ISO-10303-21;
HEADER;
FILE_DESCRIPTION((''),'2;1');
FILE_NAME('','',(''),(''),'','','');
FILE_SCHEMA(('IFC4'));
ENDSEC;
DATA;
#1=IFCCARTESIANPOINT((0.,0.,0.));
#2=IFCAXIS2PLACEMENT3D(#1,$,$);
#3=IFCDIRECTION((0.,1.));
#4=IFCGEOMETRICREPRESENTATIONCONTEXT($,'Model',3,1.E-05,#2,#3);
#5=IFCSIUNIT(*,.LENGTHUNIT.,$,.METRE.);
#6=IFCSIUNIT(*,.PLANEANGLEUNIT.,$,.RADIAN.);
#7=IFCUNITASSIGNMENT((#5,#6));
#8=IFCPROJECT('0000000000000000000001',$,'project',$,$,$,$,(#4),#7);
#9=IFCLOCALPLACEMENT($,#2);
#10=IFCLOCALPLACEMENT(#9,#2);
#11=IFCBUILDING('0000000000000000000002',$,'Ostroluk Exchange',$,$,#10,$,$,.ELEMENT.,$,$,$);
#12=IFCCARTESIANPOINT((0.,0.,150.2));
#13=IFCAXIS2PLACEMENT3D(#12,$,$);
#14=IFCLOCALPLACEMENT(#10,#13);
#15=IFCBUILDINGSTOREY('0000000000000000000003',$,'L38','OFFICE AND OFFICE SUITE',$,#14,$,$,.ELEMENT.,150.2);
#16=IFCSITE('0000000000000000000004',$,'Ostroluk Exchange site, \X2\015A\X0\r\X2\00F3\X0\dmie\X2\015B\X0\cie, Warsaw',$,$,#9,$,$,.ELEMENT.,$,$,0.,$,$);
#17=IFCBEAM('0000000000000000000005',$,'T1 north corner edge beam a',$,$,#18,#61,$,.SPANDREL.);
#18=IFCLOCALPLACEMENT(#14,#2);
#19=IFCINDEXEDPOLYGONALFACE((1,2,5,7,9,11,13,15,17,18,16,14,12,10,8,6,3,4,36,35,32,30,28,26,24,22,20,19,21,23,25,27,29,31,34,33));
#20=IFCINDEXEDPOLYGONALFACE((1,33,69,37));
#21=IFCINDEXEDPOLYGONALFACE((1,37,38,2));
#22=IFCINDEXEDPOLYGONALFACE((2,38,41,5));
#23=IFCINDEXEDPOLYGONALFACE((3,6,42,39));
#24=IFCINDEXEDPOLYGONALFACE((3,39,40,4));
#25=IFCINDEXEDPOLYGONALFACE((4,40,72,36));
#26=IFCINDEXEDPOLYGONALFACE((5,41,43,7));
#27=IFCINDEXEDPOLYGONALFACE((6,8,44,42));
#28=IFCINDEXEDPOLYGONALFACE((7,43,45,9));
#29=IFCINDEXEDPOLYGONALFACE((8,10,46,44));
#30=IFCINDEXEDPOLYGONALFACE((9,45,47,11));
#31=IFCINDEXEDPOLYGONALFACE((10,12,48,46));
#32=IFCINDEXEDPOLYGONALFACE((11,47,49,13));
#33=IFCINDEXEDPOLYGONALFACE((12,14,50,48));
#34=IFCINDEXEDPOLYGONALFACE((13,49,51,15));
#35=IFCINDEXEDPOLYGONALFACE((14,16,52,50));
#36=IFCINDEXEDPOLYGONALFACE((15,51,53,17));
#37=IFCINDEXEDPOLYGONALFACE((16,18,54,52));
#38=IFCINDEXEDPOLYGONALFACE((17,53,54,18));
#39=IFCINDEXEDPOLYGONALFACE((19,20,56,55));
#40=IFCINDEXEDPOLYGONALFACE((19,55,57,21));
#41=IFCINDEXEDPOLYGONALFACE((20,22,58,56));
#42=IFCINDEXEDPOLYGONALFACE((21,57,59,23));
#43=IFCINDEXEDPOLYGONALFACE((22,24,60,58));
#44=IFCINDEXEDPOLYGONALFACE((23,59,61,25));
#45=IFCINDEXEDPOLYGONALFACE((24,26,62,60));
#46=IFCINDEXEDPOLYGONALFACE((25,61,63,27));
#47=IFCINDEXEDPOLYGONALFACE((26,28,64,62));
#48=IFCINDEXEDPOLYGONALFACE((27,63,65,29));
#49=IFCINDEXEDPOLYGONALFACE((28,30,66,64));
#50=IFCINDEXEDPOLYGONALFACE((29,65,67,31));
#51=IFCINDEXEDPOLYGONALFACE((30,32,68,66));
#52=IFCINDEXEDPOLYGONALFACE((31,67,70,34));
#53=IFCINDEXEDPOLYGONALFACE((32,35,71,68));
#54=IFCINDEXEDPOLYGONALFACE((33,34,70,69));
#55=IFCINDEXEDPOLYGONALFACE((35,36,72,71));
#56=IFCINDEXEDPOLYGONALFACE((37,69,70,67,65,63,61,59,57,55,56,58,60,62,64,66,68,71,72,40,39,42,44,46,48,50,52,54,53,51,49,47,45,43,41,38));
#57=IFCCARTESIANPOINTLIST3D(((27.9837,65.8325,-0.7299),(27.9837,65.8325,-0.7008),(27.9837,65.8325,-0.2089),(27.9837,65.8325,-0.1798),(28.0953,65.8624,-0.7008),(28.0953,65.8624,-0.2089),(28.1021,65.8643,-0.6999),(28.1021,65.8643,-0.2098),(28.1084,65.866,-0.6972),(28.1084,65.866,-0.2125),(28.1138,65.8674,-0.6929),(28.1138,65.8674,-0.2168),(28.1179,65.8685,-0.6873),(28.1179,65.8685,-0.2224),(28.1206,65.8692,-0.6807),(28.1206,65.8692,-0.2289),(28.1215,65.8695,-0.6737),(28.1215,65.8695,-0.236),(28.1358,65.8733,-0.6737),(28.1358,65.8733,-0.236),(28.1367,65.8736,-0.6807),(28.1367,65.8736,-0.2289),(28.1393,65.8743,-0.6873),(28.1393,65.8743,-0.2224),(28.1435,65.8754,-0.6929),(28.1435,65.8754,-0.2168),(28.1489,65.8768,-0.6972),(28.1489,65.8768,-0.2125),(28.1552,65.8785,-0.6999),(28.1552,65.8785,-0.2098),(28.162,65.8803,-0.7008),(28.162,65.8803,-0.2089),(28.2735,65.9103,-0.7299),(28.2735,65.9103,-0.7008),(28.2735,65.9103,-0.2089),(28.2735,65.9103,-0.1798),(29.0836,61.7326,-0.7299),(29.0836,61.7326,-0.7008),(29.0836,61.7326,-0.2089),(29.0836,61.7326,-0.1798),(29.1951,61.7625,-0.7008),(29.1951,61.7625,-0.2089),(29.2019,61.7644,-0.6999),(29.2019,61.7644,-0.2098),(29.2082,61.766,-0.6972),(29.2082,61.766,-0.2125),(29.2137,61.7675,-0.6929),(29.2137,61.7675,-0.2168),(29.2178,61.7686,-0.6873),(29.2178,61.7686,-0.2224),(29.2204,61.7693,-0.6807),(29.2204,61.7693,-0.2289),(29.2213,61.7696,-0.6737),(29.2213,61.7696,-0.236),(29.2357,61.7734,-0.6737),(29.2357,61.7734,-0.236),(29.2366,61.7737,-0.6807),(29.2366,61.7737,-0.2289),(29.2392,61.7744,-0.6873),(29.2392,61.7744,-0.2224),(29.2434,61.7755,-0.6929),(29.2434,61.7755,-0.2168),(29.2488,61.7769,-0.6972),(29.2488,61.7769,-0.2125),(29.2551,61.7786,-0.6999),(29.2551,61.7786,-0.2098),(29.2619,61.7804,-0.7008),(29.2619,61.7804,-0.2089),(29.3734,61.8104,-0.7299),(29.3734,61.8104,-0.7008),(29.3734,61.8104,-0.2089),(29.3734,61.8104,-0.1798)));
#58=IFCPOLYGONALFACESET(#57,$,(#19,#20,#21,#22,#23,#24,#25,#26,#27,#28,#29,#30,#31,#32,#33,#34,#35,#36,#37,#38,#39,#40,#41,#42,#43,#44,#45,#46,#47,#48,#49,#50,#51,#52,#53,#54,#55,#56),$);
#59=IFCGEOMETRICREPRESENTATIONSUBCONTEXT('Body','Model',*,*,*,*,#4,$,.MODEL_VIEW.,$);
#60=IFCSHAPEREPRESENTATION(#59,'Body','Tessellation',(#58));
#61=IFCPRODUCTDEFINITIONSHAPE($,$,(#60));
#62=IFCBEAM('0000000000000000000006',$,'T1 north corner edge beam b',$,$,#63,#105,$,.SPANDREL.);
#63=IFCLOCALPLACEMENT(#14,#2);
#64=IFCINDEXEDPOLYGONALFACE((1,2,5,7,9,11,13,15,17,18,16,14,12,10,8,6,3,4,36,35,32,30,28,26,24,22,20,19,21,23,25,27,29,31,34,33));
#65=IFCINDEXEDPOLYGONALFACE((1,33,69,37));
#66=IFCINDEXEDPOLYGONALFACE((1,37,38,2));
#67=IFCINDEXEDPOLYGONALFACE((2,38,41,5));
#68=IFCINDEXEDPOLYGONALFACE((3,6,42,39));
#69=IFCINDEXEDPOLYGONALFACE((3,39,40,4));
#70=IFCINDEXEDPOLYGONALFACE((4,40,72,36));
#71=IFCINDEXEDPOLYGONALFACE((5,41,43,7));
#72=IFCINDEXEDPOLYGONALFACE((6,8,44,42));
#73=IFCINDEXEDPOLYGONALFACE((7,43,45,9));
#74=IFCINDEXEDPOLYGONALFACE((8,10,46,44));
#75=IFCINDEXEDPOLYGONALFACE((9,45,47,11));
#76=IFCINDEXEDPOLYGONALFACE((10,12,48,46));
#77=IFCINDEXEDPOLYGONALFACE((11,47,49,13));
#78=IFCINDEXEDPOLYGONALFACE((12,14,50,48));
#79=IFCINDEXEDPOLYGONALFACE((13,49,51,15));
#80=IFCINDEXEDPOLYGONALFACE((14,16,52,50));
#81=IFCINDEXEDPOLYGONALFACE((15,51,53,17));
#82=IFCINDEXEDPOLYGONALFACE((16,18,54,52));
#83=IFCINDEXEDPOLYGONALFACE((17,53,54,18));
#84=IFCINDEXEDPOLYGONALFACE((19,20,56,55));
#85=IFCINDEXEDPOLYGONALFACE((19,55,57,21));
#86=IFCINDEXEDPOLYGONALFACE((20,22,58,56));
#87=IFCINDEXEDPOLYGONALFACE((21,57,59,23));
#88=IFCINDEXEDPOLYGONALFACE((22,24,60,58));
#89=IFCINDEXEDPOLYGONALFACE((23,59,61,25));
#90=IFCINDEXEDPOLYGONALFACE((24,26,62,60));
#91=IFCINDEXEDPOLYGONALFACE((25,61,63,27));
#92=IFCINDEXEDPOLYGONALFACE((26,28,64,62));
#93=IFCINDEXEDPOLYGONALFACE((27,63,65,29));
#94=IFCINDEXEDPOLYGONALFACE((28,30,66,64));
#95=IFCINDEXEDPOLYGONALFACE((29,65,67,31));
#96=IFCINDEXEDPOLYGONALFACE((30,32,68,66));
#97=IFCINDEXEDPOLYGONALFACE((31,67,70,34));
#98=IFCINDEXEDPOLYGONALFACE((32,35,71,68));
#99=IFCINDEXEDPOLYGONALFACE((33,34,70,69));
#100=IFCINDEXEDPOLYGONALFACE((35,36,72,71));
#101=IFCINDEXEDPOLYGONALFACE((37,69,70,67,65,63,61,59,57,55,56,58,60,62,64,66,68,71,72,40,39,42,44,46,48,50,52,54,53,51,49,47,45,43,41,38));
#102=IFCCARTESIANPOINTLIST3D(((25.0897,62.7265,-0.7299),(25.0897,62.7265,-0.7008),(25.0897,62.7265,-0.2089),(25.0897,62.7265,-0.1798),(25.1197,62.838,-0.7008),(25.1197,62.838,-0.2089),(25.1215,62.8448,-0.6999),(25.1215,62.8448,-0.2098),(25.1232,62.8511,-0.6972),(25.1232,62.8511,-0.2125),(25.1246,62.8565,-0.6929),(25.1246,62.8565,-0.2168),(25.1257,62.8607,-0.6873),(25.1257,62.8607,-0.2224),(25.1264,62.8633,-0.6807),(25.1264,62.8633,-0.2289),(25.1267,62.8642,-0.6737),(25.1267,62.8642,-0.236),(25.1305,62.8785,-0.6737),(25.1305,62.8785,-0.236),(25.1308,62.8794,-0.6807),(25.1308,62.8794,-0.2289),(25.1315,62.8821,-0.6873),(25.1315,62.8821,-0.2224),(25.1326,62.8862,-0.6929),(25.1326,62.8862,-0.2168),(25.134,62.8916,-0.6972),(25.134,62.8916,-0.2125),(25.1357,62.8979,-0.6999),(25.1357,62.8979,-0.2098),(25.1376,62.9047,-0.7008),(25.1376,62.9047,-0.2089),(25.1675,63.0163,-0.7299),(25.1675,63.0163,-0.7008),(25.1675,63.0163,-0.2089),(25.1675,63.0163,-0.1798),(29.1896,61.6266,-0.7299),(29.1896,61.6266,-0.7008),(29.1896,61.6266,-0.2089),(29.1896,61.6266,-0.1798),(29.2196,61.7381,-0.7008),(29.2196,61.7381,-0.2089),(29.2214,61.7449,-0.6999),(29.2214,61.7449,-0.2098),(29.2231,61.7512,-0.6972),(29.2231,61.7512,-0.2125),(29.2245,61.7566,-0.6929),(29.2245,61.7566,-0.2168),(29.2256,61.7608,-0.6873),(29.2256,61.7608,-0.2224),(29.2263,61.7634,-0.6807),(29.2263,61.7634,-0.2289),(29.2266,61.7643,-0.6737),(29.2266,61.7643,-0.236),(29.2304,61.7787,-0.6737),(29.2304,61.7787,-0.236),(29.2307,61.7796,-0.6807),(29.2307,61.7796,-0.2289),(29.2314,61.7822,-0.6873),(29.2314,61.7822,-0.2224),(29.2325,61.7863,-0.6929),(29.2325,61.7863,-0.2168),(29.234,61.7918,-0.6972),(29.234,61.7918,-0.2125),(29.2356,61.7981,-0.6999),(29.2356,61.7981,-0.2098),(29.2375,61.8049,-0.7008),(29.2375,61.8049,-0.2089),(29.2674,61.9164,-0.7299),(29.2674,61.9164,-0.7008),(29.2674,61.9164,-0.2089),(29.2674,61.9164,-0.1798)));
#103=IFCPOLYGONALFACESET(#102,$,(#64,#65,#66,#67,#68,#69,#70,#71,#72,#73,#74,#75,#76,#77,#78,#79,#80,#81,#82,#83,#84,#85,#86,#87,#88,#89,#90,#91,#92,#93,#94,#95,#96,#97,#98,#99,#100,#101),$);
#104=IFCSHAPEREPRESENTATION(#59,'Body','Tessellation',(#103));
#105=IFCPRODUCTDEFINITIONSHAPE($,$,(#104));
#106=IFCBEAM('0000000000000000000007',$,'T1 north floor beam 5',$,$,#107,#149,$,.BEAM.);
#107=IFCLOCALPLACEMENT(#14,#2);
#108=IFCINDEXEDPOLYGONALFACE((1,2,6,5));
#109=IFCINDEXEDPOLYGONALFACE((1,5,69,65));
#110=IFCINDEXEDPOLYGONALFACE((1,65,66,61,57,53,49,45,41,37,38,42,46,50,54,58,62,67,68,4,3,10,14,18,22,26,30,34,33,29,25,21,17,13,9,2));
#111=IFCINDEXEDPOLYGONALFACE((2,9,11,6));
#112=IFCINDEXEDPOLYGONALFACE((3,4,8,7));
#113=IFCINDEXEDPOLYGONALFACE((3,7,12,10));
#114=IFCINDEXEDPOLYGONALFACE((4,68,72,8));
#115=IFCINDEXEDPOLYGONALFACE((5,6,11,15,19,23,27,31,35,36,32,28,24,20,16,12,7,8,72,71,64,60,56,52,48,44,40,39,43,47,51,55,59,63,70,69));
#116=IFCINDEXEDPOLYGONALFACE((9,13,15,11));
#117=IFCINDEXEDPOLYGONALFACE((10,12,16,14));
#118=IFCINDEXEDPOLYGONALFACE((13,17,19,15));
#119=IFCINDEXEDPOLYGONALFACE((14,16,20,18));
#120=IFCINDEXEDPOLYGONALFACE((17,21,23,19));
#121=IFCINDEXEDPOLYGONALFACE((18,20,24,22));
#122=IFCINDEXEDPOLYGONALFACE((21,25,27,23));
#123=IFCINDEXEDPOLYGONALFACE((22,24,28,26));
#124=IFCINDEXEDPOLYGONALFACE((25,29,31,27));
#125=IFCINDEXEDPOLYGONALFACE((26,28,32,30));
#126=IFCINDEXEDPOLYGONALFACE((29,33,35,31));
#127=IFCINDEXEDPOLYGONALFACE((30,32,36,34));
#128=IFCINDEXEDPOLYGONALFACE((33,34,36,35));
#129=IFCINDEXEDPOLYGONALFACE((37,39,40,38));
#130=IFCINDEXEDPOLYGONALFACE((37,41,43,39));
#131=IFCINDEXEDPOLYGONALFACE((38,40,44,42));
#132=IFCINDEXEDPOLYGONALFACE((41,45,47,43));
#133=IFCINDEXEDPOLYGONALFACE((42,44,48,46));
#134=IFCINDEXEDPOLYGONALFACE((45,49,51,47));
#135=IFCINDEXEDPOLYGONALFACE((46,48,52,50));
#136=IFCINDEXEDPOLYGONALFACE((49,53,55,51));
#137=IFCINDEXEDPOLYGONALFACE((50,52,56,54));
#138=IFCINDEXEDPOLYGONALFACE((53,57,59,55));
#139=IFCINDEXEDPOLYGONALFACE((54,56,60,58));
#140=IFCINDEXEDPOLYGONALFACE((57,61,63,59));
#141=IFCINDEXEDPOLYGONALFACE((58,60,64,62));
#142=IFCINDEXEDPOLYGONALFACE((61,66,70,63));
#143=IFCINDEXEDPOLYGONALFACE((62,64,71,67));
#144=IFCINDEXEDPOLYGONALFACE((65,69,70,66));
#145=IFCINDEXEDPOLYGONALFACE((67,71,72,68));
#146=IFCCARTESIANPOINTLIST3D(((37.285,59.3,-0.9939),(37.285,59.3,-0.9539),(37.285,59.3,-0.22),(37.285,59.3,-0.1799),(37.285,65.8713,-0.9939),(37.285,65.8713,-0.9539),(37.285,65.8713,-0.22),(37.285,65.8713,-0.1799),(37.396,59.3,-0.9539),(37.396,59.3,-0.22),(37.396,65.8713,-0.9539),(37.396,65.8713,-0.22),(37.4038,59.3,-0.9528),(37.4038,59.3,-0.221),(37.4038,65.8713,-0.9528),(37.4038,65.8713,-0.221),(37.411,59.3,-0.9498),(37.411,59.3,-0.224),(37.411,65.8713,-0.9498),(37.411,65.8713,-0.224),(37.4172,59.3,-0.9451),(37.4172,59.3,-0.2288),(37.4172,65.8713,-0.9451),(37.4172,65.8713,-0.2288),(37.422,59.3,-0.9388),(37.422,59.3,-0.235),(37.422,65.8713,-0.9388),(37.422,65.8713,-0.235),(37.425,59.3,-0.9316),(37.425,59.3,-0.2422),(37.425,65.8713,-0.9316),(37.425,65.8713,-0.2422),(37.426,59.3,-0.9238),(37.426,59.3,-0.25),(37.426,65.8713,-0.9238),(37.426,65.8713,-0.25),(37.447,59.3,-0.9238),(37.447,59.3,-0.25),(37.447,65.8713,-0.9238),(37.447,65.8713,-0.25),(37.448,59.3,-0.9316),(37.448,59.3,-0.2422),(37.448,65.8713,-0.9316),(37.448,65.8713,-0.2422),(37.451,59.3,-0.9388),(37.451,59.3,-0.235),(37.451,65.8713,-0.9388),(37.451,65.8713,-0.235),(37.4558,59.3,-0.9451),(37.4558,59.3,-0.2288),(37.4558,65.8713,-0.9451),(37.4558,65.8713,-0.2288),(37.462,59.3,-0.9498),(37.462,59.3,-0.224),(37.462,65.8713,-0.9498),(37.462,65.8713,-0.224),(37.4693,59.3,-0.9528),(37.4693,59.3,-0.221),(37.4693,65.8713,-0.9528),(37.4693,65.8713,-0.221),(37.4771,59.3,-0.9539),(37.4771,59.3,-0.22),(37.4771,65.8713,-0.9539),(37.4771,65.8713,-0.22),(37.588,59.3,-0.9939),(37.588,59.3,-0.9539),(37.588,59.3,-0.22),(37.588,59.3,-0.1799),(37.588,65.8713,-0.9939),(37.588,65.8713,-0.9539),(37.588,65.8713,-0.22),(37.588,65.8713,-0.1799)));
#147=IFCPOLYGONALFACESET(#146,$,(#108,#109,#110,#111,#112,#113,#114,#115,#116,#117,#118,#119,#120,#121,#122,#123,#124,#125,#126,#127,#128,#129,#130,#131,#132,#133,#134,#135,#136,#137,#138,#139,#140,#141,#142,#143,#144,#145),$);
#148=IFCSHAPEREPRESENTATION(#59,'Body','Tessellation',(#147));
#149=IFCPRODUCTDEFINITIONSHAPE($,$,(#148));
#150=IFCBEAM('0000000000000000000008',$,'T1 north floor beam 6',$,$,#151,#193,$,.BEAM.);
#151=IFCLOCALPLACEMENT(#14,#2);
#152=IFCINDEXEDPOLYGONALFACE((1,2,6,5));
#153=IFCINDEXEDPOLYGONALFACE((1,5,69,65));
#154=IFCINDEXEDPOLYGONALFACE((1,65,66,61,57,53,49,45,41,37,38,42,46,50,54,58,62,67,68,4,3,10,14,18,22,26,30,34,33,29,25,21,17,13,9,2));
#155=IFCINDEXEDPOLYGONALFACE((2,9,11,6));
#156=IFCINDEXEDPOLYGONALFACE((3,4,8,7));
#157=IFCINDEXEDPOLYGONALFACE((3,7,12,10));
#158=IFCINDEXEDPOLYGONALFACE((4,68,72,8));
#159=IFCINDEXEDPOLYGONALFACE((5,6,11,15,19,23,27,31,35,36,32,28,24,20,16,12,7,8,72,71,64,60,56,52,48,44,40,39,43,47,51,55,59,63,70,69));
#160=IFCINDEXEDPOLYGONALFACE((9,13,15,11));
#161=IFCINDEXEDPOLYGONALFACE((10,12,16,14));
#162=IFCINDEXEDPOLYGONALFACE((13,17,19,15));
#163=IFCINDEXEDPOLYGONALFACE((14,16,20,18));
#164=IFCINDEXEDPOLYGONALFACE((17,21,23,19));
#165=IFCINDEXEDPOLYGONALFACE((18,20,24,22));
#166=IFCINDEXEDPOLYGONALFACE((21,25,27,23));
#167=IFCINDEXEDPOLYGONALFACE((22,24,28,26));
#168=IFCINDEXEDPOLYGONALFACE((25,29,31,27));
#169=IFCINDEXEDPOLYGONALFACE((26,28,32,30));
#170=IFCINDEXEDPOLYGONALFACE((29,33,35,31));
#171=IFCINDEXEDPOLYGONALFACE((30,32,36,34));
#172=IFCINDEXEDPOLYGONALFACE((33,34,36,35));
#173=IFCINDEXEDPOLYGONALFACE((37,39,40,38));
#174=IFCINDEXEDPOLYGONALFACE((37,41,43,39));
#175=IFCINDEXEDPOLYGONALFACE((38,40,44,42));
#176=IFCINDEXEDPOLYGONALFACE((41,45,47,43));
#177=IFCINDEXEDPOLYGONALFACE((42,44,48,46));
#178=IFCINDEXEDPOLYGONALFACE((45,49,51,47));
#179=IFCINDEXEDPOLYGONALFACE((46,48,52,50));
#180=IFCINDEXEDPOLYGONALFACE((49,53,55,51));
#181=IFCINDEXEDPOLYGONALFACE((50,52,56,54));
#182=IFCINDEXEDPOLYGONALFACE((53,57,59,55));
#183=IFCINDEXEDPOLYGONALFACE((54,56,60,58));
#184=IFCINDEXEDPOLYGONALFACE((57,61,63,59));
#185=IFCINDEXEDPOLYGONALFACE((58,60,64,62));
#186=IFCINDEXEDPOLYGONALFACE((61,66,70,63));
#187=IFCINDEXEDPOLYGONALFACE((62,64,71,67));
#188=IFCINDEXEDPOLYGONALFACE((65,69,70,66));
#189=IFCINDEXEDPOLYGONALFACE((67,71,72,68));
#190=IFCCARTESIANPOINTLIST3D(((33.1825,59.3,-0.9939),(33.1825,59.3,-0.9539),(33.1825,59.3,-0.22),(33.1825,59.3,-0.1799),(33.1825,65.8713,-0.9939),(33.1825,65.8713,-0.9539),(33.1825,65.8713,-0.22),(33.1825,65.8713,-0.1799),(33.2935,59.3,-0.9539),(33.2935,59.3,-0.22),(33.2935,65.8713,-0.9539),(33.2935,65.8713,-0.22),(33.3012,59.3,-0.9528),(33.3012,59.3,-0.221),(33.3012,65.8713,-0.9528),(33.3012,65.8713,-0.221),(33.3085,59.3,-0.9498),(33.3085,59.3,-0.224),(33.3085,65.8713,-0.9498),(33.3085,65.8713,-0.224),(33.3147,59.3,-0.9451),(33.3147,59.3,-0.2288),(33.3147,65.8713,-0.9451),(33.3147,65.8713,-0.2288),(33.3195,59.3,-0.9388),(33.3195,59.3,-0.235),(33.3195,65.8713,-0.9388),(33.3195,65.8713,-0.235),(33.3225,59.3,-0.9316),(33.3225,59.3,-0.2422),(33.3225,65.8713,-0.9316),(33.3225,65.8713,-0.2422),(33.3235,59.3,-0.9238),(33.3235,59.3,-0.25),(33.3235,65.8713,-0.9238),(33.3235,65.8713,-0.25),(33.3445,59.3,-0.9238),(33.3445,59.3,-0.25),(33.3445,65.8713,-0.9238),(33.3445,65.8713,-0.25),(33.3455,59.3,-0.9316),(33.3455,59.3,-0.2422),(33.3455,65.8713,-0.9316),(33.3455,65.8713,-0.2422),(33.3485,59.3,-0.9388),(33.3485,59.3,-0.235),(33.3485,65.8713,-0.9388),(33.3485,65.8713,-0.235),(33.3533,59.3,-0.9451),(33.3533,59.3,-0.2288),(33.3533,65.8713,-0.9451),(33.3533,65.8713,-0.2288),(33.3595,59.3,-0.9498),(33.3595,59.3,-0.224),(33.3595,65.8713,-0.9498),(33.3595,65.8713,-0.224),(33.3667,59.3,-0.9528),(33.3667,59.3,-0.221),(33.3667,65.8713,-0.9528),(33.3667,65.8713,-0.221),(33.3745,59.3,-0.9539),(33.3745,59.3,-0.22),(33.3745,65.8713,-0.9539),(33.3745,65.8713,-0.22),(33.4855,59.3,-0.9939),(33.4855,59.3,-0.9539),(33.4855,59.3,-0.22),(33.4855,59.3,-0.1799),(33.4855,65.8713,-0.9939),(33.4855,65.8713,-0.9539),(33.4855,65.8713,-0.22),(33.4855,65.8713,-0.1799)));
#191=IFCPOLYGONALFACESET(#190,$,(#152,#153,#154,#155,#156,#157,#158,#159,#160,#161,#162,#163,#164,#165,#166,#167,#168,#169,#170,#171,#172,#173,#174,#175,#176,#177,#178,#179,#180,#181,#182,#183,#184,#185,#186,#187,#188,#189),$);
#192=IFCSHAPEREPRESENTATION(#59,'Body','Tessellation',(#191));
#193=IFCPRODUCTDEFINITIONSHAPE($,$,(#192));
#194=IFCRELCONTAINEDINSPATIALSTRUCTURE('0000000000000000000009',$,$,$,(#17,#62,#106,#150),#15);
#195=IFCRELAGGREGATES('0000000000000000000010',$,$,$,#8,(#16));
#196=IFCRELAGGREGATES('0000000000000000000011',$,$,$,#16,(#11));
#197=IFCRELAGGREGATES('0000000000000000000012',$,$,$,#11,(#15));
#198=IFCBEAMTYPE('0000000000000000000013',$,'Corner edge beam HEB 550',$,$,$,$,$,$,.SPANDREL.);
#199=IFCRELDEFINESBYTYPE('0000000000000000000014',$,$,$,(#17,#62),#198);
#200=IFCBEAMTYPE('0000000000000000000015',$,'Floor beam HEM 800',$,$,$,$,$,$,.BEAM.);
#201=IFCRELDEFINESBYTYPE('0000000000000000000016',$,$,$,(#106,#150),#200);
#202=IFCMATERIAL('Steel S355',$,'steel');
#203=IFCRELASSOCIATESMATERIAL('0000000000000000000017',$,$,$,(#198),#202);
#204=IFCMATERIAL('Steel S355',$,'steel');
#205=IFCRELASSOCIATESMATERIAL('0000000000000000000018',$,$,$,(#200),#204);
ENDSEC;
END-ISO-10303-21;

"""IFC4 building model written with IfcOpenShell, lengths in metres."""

from ifc_helpers import new_model, si_unit, direction, frame, origin, origin_2d, place, context, subcontext, project, spatial, i_section, extrude, material, material_profile, profile_set, type_object, element, save


model = new_model("IFC4")

# Units and contexts
model_context = context("Model", 3, precision=1e-05, world=origin(), true_north=direction((0.0, 1.0)))
body_context = subcontext(model_context, "Body", "Model", "MODEL_VIEW")
ifc_project = project(units=[si_unit("LENGTHUNIT", "METRE"), si_unit("PLANEANGLEUNIT", "RADIAN")], contexts=[model_context])

# Site, building, storey
site_placement = place(None, origin())
site = spatial("IfcSite", under=ifc_project, at=site_placement, Name="Ostroluk Exchange site, Śródmieście, Warsaw", CompositionType="ELEMENT", RefElevation=0.0)
building_placement = place(site_placement, origin())
building = spatial("IfcBuilding", under=site, at=building_placement, Name="Ostroluk Exchange", CompositionType="ELEMENT")
storey_placement = place(building_placement, frame((0.0, 0.0, 150.2)))
storey = spatial("IfcBuildingStorey", under=building, at=storey_placement, Name="L38", Description="OFFICE AND OFFICE SUITE", CompositionType="ELEMENT", Elevation=150.2)

# Beams
ifc_material_1 = material(Name="Steel S355", Category="steel")
ifc_material_profile_1 = material_profile(ifc_material_1, i_section(OverallWidth=0.3, OverallDepth=0.55, WebThickness=0.0149, FlangeThickness=0.0291, FilletRadius=0.0271, at=origin_2d()), Name="HEB 550")
ifc_profile_set_1 = profile_set([ifc_material_profile_1], Name="Steel S355")
beam_type_1 = type_object("IfcBeamType", Name="Corner edge beam HEB 550", PredefinedType="SPANDREL", material=ifc_profile_set_1)
for number, where, z_axis, x_axis, name in (
    (1, (29.2285, 61.7715, -0.4548), (-0.259105, 0.965849, 0.0), (-0.965849, -0.259105, 0.0), "T1 north corner edge beam a"),
    (2, (29.2285, 61.7715, -0.4548), (-0.965849, 0.259105, 0.0), (-0.259105, -0.965849, 0.0), "T1 north corner edge beam b"),
):
    element("IfcBeam", number, at=place(storey_placement, frame(where, z_axis=z_axis, x_axis=x_axis)), inside=storey, type_object=beam_type_1, Name=name, PredefinedType="SPANDREL", context=body_context, shape_type="SweptSolid", body=[
        extrude(i_section(OverallWidth=0.3, OverallDepth=0.55, WebThickness=0.0149, FlangeThickness=0.0291, FilletRadius=0.0271, at=origin_2d()), origin(), (0.0, 0.0, 1.0), 4.2449),
    ])
ifc_material_2 = material(Name="Steel S355", Category="steel")
ifc_material_profile_2 = material_profile(ifc_material_2, i_section(OverallWidth=0.303, OverallDepth=0.814, WebThickness=0.021, FlangeThickness=0.04, FilletRadius=0.03, at=origin_2d()), Name="HEM 800")
ifc_profile_set_2 = profile_set([ifc_material_profile_2], Name="Steel S355")
beam_type_2 = type_object("IfcBeamType", Name="Floor beam HEM 800", PredefinedType="BEAM", material=ifc_profile_set_2)
for number, where, z_axis, x_axis, name in (
    (3, (37.4365, 59.3, -0.5869), (0.0, 1.0, 0.0), (-1.0, 0.0, 0.0), "T1 north floor beam 5"),
    (4, (33.334, 59.3, -0.5869), (0.0, 1.0, 0.0), (-1.0, 0.0, 0.0), "T1 north floor beam 6"),
):
    element("IfcBeam", number, at=place(storey_placement, frame(where, z_axis=z_axis, x_axis=x_axis)), inside=storey, type_object=beam_type_2, Name=name, PredefinedType="BEAM", context=body_context, shape_type="SweptSolid", body=[
        extrude(i_section(OverallWidth=0.303, OverallDepth=0.814, WebThickness=0.021, FlangeThickness=0.04, FilletRadius=0.03, at=origin_2d()), origin(), (0.0, 0.0, 1.0), 6.5713),
    ])

save(model, "model.ifc")
